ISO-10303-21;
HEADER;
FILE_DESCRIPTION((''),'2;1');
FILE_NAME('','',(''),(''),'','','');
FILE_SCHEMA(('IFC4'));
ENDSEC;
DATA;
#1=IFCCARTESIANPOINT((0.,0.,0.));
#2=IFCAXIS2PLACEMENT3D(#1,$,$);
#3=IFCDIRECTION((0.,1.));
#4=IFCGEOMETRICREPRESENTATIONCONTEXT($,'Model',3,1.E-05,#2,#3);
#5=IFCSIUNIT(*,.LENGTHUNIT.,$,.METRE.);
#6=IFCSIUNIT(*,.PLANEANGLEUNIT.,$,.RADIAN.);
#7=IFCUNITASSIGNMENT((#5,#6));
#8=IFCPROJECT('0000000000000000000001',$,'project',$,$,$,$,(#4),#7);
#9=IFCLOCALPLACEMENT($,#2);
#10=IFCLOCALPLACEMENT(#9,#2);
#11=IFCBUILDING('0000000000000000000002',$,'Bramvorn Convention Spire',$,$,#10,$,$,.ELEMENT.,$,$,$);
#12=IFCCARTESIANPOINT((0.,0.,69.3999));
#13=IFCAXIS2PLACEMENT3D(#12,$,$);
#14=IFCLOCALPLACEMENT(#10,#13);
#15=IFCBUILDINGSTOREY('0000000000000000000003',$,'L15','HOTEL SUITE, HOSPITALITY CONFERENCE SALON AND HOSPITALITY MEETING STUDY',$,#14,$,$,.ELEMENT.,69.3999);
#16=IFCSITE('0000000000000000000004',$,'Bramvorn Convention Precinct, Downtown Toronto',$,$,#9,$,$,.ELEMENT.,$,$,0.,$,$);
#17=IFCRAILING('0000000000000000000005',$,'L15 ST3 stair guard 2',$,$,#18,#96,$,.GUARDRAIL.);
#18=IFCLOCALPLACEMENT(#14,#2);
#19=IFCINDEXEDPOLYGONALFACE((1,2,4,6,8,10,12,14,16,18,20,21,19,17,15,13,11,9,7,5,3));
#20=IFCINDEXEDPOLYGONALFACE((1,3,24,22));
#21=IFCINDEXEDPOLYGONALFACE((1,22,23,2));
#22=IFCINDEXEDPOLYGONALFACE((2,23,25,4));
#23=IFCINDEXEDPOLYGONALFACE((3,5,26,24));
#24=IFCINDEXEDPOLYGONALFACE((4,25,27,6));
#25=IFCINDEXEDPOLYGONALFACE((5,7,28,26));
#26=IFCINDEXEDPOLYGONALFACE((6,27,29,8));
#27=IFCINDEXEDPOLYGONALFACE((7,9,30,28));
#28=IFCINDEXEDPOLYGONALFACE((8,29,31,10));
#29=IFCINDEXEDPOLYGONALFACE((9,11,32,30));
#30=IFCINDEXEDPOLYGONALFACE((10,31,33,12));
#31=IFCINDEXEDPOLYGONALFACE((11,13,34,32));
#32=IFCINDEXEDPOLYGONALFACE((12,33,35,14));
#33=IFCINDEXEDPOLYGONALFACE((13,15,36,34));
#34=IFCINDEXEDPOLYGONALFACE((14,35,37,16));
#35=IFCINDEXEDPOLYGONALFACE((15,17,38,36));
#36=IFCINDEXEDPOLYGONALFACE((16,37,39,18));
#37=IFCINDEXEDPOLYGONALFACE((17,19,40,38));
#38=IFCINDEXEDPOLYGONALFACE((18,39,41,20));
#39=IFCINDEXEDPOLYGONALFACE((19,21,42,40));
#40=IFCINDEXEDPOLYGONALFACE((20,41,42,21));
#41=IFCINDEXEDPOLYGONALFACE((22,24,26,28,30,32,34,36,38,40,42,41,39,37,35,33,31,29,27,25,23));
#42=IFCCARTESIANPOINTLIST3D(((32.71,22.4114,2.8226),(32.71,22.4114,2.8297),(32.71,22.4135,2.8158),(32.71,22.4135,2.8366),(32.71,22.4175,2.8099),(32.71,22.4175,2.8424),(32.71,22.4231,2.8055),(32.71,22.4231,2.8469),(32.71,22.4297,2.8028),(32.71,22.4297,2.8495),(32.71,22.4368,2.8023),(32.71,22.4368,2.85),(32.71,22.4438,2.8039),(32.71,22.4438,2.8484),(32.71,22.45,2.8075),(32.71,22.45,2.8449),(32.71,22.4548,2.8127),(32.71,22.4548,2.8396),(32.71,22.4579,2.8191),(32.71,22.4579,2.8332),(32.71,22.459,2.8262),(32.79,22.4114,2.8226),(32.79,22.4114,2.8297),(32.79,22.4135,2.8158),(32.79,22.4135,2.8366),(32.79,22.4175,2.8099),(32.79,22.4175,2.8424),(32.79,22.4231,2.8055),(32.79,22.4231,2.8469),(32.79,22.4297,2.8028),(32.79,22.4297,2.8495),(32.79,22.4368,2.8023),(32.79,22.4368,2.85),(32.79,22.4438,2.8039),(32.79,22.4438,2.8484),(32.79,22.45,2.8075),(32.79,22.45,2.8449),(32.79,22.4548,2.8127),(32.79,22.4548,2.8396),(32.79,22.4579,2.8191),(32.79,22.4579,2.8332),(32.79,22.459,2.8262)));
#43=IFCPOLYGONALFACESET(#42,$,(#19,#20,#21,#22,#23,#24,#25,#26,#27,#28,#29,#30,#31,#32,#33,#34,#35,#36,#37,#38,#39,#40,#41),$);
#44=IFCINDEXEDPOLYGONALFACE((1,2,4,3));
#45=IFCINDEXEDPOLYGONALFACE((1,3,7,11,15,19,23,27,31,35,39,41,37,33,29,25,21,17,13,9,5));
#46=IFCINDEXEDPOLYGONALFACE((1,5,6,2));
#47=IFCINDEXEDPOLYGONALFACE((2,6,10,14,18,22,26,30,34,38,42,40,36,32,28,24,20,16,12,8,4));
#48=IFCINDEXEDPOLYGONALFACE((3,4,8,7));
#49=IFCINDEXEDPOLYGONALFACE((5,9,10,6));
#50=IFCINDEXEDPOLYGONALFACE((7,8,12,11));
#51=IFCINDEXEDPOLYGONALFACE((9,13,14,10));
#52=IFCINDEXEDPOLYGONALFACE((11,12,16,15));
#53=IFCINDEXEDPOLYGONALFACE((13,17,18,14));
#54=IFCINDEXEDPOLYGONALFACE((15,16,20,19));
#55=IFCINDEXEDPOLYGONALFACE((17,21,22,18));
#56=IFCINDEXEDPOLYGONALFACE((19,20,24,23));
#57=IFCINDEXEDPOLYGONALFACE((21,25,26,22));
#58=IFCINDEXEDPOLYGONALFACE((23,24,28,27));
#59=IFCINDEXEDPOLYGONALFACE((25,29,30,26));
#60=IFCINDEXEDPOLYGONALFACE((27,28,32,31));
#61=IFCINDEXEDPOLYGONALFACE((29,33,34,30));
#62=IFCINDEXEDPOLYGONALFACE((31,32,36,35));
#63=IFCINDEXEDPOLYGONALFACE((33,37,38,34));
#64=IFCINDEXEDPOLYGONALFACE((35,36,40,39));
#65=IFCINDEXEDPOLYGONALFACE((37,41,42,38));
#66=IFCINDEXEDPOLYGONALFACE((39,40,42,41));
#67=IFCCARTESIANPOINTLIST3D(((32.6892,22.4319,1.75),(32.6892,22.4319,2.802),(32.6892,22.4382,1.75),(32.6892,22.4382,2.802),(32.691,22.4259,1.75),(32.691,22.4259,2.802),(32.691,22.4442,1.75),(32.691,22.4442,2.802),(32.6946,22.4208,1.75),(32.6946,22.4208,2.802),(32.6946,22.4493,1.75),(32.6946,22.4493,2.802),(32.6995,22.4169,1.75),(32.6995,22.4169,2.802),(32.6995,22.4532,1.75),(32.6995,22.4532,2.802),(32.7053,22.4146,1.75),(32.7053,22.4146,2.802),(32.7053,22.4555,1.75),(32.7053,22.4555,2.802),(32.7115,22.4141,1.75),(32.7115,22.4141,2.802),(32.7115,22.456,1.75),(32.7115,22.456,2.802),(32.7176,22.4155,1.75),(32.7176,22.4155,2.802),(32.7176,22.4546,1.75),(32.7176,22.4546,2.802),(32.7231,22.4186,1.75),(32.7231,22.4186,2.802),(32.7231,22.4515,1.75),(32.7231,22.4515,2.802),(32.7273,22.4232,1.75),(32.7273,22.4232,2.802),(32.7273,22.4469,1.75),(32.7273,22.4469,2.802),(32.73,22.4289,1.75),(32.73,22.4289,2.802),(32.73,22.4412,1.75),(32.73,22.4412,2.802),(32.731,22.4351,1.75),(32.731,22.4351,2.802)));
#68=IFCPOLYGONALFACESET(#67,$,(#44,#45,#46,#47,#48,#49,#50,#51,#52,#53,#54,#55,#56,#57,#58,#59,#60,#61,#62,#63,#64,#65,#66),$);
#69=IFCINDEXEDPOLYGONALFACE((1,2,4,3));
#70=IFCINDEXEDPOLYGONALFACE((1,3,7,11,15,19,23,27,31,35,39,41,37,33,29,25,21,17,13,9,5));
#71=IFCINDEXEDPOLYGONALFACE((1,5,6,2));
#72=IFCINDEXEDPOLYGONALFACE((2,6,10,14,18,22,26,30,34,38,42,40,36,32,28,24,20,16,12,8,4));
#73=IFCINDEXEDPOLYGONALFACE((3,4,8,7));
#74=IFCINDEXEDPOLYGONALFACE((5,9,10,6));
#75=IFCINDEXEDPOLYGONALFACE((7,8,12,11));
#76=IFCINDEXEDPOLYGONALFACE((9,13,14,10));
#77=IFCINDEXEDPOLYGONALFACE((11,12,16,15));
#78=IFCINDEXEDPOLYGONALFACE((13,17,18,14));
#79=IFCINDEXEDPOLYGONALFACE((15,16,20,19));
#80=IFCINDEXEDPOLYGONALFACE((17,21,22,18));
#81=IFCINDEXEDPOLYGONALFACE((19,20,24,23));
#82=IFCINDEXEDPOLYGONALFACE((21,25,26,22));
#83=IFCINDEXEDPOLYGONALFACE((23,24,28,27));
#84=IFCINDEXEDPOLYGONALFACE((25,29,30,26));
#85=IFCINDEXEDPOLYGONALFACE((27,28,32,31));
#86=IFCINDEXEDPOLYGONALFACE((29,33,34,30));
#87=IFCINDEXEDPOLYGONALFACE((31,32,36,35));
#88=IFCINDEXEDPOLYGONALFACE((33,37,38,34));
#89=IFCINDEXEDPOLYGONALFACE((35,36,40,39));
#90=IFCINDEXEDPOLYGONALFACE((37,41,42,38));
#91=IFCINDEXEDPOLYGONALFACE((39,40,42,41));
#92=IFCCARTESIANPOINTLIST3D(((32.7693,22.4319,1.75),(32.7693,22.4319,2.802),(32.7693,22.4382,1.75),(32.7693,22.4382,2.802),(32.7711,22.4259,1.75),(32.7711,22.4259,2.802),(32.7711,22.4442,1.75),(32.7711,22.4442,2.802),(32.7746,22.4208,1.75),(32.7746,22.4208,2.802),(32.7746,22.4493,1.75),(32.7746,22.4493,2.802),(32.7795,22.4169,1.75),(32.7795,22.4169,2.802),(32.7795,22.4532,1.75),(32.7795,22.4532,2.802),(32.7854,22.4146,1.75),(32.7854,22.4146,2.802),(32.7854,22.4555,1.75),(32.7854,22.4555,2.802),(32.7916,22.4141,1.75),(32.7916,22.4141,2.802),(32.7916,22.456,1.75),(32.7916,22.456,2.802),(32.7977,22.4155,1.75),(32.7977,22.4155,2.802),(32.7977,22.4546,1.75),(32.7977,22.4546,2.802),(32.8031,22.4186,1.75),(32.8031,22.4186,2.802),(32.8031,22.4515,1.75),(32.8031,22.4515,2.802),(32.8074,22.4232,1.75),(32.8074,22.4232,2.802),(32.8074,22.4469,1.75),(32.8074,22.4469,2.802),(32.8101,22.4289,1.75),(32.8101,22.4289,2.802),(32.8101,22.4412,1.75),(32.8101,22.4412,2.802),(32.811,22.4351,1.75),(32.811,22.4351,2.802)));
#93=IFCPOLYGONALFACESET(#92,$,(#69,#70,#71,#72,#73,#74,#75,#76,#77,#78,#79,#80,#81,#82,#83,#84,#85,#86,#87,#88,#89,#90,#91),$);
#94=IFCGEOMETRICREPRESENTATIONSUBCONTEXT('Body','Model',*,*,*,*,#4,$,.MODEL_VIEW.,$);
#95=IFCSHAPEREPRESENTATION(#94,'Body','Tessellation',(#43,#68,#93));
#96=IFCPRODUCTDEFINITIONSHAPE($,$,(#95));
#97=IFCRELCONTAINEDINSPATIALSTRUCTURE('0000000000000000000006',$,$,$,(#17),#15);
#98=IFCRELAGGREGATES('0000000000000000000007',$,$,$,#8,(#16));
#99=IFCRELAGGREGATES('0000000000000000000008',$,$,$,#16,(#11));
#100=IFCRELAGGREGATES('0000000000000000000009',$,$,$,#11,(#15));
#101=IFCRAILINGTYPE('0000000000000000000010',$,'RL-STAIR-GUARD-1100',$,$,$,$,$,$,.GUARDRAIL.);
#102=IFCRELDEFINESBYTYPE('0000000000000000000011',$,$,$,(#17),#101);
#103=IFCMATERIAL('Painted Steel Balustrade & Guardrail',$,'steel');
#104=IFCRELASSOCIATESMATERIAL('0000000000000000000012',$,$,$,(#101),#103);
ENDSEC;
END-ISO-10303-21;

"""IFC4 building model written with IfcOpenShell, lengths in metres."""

from ifc_helpers import new_model, si_unit, direction, frame, origin, origin_2d, place, context, subcontext, project, spatial, circle, extrude, material, type_object, element, save


model = new_model("IFC4")

# Units and contexts
model_context = context("Model", 3, precision=1e-05, world=origin(), true_north=direction((0.0, 1.0)))
body_context = subcontext(model_context, "Body", "Model", "MODEL_VIEW")
ifc_project = project(units=[si_unit("LENGTHUNIT", "METRE"), si_unit("PLANEANGLEUNIT", "RADIAN")], contexts=[model_context])

# Site, building, storey
site_placement = place(None, origin())
site = spatial("IfcSite", under=ifc_project, at=site_placement, Name="Bramvorn Convention Precinct, Downtown Toronto", CompositionType="ELEMENT", RefElevation=0.0)
building_placement = place(site_placement, origin())
building = spatial("IfcBuilding", under=site, at=building_placement, Name="Bramvorn Convention Spire", CompositionType="ELEMENT")
storey_placement = place(building_placement, frame((0.0, 0.0, 69.3999)))
storey = spatial("IfcBuildingStorey", under=building, at=storey_placement, Name="L15", Description="HOTEL SUITE, HOSPITALITY CONFERENCE SALON AND HOSPITALITY MEETING STUDY", CompositionType="ELEMENT", Elevation=69.3999)

# Railing
ifc_material_1 = material(Name="Painted Steel Balustrade & Guardrail", Category="steel")
railing_type_1 = type_object("IfcRailingType", Name="RL-STAIR-GUARD-1100", PredefinedType="GUARDRAIL", material=ifc_material_1)
railing_1_placement = place(storey_placement, frame((32.71, 22.4351, 1.75)))
element("IfcRailing", 1, at=railing_1_placement, inside=storey, type_object=railing_type_1, Name="L15 ST3 stair guard 2", PredefinedType="GUARDRAIL", context=body_context, shape_type="SweptSolid", body=[
    extrude(circle(Radius=0.0239, at=origin_2d()), frame((0.0, 0.0, 1.0762), z_axis=(1.0, 0.0, 0.0), x_axis=(0.0, 1.0, 0.0)), (0.0, 0.0, 1.0), 0.0801),
    extrude(circle(Radius=0.021, at=origin_2d()), origin(), (0.0, 0.0, 1.0), 1.052),
    extrude(circle(Radius=0.021, at=origin_2d()), frame((0.0801, 0.0, 0.0)), (0.0, 0.0, 1.0), 1.052),
])

save(model, "model.ifc")
